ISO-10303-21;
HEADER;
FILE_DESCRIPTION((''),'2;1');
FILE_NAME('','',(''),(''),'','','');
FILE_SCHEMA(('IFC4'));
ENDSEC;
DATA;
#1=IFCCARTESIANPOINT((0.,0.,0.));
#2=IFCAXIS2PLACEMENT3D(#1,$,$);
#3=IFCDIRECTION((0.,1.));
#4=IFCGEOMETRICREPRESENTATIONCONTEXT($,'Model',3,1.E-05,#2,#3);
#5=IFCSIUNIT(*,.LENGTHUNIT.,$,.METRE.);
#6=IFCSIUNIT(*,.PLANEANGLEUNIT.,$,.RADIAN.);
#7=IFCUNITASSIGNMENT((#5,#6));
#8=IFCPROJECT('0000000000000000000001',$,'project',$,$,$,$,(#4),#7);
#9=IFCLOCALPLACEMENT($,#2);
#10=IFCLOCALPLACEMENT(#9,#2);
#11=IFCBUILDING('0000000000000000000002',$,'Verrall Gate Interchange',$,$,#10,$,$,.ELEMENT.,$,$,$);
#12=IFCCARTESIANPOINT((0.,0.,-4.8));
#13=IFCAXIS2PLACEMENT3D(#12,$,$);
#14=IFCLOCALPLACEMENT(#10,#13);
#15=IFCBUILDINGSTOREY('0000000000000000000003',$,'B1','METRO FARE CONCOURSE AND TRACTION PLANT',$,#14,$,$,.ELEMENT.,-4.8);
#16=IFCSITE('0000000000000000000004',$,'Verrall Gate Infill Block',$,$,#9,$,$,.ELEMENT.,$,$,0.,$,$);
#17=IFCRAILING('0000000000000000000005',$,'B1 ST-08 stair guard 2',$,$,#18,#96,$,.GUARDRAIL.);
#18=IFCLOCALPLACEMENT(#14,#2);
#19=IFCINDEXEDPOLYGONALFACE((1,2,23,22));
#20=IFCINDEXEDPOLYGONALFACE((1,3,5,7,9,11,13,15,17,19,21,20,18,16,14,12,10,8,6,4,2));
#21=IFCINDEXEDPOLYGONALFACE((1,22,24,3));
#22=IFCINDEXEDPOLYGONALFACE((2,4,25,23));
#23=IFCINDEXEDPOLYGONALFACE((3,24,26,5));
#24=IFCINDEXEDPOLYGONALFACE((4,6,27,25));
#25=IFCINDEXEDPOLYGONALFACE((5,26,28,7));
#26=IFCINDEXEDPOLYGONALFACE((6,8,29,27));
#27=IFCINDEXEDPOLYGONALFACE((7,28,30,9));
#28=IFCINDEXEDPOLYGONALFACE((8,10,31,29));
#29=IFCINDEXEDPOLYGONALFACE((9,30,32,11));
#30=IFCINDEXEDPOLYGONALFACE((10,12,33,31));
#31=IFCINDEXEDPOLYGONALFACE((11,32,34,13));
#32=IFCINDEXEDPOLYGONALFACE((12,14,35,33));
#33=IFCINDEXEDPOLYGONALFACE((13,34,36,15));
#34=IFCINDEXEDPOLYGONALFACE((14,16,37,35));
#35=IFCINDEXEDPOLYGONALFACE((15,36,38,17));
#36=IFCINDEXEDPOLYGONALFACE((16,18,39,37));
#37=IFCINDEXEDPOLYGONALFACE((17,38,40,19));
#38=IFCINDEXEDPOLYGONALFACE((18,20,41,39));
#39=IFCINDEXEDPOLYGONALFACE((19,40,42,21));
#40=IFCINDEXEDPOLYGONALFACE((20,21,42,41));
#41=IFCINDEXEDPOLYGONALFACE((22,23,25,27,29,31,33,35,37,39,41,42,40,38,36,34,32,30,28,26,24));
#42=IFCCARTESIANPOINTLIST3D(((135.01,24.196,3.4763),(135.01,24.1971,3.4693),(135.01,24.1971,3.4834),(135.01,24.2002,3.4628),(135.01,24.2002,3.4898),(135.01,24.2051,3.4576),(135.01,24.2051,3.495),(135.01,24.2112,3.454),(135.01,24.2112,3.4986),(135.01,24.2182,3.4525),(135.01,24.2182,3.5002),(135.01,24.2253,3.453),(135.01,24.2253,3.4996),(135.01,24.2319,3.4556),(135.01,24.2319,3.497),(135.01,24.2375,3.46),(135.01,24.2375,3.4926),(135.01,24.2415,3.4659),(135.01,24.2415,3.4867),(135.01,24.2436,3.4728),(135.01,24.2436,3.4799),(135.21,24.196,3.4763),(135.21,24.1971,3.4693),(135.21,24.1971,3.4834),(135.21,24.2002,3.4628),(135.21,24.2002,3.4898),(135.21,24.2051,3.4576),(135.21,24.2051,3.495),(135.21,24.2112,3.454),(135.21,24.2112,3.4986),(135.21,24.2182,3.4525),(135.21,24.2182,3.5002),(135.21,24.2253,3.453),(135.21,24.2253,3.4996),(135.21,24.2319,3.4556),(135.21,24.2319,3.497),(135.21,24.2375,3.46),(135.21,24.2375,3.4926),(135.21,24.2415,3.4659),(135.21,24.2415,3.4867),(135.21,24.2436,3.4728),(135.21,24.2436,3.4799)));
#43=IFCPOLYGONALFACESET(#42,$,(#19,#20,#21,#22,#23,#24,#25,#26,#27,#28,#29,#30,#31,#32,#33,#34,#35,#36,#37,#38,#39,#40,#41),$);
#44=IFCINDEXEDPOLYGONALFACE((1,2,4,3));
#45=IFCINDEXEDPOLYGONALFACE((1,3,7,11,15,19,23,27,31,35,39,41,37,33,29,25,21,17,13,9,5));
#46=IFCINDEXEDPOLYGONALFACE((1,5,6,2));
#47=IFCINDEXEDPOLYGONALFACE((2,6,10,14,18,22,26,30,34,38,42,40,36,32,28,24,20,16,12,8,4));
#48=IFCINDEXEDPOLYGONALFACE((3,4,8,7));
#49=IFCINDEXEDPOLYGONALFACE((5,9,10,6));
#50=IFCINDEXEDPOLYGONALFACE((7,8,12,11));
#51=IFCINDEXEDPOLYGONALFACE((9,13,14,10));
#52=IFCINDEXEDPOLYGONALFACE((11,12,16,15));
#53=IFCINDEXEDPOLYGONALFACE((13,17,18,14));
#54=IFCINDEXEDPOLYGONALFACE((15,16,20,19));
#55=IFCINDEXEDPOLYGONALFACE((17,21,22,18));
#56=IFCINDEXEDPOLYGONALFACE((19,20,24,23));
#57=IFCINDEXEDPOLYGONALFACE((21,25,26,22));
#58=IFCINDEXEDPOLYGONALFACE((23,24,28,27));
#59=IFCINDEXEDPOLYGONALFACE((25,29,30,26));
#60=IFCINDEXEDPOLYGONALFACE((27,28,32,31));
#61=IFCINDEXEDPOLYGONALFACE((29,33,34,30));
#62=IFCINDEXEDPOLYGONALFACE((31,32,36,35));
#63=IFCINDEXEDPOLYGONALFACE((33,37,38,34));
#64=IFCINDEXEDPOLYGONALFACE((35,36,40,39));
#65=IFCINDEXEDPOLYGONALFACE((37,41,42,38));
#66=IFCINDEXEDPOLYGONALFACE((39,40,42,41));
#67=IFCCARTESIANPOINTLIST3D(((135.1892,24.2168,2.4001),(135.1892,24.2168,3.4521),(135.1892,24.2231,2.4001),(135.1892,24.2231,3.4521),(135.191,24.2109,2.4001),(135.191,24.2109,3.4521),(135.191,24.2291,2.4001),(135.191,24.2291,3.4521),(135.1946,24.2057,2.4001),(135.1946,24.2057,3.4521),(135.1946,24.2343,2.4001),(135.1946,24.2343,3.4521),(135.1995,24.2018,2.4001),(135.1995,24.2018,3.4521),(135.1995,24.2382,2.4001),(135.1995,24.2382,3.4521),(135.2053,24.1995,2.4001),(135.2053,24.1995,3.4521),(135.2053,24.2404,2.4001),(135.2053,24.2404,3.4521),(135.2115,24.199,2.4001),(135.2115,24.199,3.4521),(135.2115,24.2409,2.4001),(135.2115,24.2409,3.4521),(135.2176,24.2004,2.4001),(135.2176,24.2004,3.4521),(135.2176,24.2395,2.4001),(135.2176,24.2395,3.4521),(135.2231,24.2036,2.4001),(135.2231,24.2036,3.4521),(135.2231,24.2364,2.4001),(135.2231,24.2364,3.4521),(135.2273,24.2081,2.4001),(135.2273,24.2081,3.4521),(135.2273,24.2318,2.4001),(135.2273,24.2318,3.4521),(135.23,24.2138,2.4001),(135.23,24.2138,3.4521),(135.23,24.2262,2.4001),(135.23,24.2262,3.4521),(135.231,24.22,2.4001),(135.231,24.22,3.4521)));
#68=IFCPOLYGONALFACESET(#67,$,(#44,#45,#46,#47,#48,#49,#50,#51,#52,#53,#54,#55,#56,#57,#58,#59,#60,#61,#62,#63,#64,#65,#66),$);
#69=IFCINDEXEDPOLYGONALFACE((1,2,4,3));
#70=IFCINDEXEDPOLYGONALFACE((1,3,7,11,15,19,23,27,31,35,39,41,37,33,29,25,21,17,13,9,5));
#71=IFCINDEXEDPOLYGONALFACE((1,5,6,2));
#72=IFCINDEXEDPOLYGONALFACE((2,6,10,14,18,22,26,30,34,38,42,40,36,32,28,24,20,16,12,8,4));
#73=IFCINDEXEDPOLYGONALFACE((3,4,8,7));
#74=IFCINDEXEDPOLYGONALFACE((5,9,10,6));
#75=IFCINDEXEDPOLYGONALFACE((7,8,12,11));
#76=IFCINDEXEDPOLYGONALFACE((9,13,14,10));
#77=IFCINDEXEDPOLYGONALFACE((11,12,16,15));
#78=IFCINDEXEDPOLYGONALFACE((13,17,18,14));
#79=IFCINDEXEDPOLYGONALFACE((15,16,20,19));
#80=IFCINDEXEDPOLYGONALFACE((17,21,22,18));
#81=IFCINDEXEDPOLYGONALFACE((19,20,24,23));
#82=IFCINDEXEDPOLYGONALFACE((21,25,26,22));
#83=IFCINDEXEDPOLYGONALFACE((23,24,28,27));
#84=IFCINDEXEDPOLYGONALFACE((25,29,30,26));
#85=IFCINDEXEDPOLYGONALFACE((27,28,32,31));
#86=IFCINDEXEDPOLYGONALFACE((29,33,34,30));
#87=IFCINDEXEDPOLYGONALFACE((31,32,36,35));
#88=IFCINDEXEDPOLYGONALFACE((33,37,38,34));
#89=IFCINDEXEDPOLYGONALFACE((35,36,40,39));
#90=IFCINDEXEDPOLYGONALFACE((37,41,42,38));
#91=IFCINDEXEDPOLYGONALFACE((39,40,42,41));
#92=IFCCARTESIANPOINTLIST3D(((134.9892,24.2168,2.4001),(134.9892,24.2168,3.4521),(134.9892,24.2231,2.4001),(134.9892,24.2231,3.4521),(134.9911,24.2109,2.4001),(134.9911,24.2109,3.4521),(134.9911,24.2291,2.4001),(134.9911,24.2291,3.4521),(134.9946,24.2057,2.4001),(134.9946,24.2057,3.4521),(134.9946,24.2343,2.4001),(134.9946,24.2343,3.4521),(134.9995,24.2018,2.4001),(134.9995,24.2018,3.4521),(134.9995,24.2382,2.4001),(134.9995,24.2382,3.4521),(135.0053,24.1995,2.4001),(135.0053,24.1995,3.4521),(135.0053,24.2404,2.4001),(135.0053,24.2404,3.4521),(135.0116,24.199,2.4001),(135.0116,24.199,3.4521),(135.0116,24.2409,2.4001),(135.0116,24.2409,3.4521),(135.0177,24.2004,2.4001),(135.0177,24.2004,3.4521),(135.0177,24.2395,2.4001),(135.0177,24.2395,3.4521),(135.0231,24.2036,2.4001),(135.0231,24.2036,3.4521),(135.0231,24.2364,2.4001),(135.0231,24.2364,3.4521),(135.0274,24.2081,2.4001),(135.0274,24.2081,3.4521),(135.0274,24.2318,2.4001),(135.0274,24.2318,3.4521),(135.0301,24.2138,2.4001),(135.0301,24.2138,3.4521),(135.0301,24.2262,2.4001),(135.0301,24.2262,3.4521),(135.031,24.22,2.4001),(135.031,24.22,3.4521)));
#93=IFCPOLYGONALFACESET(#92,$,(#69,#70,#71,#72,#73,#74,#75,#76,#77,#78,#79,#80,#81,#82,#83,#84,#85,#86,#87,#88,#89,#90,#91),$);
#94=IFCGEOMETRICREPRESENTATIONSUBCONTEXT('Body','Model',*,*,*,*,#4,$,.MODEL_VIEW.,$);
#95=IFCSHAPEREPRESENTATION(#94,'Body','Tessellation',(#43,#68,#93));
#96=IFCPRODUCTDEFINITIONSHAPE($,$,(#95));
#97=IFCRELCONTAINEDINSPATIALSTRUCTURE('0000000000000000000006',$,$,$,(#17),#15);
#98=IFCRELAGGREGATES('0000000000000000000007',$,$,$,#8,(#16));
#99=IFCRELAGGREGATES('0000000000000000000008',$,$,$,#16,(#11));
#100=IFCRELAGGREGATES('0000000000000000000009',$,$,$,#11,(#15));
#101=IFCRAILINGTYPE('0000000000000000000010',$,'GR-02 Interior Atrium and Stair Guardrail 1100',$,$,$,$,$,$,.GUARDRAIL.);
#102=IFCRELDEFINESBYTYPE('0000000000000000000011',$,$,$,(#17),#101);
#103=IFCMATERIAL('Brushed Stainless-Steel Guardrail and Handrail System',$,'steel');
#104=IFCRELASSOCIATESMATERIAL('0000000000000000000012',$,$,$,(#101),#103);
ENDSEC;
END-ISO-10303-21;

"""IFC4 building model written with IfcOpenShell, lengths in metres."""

from ifc_helpers import new_model, si_unit, direction, frame, origin, origin_2d, place, context, subcontext, project, spatial, circle, extrude, material, type_object, element, save


model = new_model("IFC4")

# Units and contexts
model_context = context("Model", 3, precision=1e-05, world=origin(), true_north=direction((0.0, 1.0)))
body_context = subcontext(model_context, "Body", "Model", "MODEL_VIEW")
ifc_project = project(units=[si_unit("LENGTHUNIT", "METRE"), si_unit("PLANEANGLEUNIT", "RADIAN")], contexts=[model_context])

# Site, building, storey
site_placement = place(None, origin())
site = spatial("IfcSite", under=ifc_project, at=site_placement, Name="Verrall Gate Infill Block", CompositionType="ELEMENT", RefElevation=0.0)
building_placement = place(site_placement, origin())
building = spatial("IfcBuilding", under=site, at=building_placement, Name="Verrall Gate Interchange", CompositionType="ELEMENT")
storey_placement = place(building_placement, frame((0.0, 0.0, -4.8)))
storey = spatial("IfcBuildingStorey", under=building, at=storey_placement, Name="B1", Description="METRO FARE CONCOURSE AND TRACTION PLANT", CompositionType="ELEMENT", Elevation=-4.8)

# Railing
ifc_material_1 = material(Name="Brushed Stainless-Steel Guardrail and Handrail System", Category="steel")
railing_type_1 = type_object("IfcRailingType", Name="GR-02 Interior Atrium and Stair Guardrail 1100", PredefinedType="GUARDRAIL", material=ifc_material_1)
railing_1_placement = place(storey_placement, frame((135.21, 24.22, 2.4001)))
element("IfcRailing", 1, at=railing_1_placement, inside=storey, type_object=railing_type_1, Name="B1 ST-08 stair guard 2", PredefinedType="GUARDRAIL", context=body_context, shape_type="SweptSolid", body=[
    extrude(circle(Radius=0.0239, at=origin_2d()), frame((0.0, 0.0, 1.0762), z_axis=(-1.0, 0.0, 0.0), x_axis=(0.0, -1.0, 0.0)), (0.0, 0.0, 1.0), 0.2),
    extrude(circle(Radius=0.021, at=origin_2d()), origin(), (0.0, 0.0, 1.0), 1.052),
    extrude(circle(Radius=0.021, at=origin_2d()), frame((-0.2, 0.0, 0.0)), (0.0, 0.0, 1.0), 1.052),
])

save(model, "model.ifc")
